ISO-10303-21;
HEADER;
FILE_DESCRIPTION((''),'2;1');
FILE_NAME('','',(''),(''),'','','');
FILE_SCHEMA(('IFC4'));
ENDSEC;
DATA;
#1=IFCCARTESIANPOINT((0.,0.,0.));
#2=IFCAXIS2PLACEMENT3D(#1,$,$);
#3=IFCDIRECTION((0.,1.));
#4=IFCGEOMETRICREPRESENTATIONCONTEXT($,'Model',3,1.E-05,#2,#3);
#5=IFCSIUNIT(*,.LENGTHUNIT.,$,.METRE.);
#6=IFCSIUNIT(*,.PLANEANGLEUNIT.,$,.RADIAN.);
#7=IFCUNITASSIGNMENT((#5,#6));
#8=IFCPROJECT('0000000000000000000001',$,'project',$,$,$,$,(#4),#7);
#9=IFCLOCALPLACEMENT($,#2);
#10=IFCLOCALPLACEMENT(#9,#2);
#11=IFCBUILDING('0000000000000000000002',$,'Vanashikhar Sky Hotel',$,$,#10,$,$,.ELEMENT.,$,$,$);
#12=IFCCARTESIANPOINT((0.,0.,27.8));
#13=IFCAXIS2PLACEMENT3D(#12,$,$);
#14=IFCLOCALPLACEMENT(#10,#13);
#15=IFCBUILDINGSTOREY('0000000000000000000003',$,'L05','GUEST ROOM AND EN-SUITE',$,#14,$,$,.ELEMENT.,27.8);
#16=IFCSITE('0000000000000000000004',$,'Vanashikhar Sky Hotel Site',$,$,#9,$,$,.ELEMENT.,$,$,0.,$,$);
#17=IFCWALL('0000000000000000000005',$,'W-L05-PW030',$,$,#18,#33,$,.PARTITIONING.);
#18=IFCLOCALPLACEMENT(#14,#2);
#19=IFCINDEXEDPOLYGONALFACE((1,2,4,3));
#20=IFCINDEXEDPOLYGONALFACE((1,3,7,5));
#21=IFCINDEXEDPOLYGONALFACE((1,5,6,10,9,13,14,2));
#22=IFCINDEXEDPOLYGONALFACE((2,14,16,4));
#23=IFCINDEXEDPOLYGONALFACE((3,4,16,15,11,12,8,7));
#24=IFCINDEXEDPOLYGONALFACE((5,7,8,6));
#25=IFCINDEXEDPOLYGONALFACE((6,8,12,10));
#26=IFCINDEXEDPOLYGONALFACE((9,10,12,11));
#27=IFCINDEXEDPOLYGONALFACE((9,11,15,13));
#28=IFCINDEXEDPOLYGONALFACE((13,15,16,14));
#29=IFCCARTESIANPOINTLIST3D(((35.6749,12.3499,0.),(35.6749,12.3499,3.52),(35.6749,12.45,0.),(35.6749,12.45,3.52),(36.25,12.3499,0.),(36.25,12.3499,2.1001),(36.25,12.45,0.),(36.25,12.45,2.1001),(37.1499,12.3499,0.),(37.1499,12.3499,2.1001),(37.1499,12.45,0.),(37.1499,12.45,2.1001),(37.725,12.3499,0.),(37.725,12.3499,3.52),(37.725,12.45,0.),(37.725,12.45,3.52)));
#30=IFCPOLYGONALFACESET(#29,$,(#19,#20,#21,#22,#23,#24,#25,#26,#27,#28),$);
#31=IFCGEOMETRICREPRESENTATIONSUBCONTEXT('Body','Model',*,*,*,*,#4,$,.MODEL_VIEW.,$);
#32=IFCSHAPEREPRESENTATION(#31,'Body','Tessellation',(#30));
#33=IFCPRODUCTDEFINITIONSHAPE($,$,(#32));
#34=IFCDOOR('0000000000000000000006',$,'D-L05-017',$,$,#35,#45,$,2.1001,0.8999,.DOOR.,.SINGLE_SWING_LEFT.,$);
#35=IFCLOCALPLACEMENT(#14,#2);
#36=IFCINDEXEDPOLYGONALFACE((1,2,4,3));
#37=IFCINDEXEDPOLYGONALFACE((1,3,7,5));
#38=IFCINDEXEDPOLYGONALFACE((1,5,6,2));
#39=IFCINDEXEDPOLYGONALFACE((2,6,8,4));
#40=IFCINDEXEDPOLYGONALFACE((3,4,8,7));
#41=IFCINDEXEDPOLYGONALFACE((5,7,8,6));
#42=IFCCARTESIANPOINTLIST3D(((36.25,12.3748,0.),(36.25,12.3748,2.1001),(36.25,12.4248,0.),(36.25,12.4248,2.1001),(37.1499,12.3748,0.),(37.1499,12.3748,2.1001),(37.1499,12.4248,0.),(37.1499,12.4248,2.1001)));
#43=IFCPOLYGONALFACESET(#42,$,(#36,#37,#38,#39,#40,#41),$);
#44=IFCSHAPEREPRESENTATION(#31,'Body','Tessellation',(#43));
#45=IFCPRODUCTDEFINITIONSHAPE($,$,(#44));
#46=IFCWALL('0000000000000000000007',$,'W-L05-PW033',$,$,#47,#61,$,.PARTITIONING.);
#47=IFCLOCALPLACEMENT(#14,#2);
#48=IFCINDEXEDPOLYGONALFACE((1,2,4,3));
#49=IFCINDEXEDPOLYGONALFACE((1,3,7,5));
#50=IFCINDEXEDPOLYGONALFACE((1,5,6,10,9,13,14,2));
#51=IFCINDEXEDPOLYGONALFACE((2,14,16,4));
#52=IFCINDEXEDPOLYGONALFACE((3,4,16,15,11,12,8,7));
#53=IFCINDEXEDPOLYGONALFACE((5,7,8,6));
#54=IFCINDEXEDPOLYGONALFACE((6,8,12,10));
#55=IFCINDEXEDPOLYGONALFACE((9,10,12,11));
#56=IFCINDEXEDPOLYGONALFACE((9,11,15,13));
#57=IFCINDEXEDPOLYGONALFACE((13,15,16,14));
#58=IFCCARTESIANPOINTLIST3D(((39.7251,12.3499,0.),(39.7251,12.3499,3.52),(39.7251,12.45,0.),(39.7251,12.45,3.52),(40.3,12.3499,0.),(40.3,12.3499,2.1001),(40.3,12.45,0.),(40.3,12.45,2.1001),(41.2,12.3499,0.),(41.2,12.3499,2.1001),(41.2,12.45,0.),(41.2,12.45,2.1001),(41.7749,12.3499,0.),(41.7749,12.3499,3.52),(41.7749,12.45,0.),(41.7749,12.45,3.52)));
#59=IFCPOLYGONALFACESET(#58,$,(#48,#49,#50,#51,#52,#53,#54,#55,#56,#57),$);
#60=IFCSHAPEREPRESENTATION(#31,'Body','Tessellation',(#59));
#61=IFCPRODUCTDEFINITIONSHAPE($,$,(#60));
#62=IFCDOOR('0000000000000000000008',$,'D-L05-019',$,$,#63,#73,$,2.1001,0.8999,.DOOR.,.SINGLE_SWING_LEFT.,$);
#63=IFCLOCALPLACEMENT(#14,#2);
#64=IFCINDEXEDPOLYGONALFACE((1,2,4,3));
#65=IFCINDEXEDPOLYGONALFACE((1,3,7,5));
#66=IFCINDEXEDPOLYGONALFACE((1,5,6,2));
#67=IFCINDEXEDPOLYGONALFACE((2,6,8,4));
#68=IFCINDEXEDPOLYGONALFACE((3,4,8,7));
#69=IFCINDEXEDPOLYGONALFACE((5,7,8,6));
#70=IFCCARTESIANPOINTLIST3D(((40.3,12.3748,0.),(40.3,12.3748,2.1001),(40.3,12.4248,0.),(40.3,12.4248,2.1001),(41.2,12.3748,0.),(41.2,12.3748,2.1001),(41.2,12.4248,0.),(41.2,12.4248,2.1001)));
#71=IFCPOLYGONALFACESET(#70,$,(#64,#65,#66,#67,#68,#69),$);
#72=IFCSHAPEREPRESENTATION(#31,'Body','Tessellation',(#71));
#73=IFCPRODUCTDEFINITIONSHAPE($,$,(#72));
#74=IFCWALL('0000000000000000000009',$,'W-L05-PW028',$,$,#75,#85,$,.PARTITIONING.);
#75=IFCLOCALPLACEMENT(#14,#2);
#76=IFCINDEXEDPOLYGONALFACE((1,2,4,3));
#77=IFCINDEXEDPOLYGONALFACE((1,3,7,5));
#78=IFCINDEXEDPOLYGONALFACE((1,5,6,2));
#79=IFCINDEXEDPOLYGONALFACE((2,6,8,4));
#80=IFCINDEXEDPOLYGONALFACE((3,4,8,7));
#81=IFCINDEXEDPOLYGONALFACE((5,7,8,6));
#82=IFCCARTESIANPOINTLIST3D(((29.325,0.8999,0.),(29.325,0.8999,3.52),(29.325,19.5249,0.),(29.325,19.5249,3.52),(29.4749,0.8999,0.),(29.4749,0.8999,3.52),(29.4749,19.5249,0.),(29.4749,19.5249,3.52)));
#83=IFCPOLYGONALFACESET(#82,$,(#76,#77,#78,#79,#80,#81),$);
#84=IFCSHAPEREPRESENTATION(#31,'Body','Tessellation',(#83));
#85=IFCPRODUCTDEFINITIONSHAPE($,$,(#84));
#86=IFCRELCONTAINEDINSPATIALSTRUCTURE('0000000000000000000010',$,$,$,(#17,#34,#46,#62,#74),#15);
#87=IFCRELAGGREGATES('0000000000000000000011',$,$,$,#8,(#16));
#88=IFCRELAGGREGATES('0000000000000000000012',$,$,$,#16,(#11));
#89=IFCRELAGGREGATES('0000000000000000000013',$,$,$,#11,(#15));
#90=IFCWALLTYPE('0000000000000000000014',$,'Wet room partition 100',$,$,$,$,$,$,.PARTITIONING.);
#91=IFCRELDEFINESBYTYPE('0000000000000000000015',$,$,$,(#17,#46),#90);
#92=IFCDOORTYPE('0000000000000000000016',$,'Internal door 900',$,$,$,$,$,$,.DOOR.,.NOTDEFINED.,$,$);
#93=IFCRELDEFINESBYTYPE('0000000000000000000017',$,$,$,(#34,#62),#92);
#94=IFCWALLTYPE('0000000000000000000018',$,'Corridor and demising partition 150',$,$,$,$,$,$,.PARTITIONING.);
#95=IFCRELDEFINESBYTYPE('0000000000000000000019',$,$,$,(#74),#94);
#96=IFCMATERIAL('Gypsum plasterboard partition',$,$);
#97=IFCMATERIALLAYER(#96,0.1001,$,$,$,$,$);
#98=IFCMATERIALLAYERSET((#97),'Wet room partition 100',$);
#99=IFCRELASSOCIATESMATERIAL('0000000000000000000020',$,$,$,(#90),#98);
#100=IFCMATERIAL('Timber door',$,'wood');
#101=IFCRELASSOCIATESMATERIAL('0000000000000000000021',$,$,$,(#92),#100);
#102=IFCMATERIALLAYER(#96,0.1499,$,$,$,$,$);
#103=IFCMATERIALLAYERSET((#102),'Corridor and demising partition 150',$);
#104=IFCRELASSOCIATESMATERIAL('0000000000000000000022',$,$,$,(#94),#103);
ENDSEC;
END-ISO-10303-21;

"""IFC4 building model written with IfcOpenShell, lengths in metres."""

from ifc_helpers import new_model, si_unit, direction, frame, frame_2d, origin, place, context, subcontext, project, spatial, rectangle, extrude, source, transform, mapped, material, layer, layer_set, type_object, element, fill, save


model = new_model("IFC4")

# Units and contexts
model_context = context("Model", 3, precision=1e-05, world=origin(), true_north=direction((0.0, 1.0)))
body_context = subcontext(model_context, "Body", "Model", "MODEL_VIEW")
ifc_project = project(units=[si_unit("LENGTHUNIT", "METRE"), si_unit("PLANEANGLEUNIT", "RADIAN")], contexts=[model_context])

# Site, building, storey
site_placement = place(None, origin())
site = spatial("IfcSite", under=ifc_project, at=site_placement, Name="Vanashikhar Sky Hotel Site", CompositionType="ELEMENT", RefElevation=0.0)
building_placement = place(site_placement, origin())
building = spatial("IfcBuilding", under=site, at=building_placement, Name="Vanashikhar Sky Hotel", CompositionType="ELEMENT")
storey_placement = place(building_placement, frame((0.0, 0.0, 27.8)))
storey = spatial("IfcBuildingStorey", under=building, at=storey_placement, Name="L05", Description="GUEST ROOM AND EN-SUITE", CompositionType="ELEMENT", Elevation=27.8)

# Shared definitions
ifc_material_1 = material(Name="Gypsum plasterboard partition")
ifc_layer_1 = layer(ifc_material_1, 0.1001)
ifc_layer_set_1 = layer_set([ifc_layer_1], Name="Wet room partition 100")
wall_type_1 = type_object("IfcWallType", Name="Wet room partition 100", PredefinedType="PARTITIONING", material=ifc_layer_set_1)

# Walls, openings, doors
shared_shape_1 = source(origin(), body_context, "Body", "SweptSolid", [
    extrude(rectangle(XDim=2.05, YDim=0.1001, at=frame_2d((1.0249, 0.0))), origin(), (0.0, 0.0, 1.0), 3.52),
])
shared_shape_2 = source(origin(), body_context, "Body", "SweptSolid", [
    extrude(rectangle(XDim=0.8999, YDim=2.1001, at=frame_2d((0.45, 1.05))), frame((0.0, 0.0601, 0.0), z_axis=(0.0, -1.0, 0.0), x_axis=(1.0, 0.0, 0.0)), (0.0, 0.0, 1.0), 0.1201),
])
ifc_material_2 = material(Name="Timber door", Category="wood")
door_type_1 = type_object("IfcDoorType", Name="Internal door 900", OperationType="NOTDEFINED", PredefinedType="DOOR", material=ifc_material_2)
shared_shape_3 = source(origin(), body_context, "Body", "SweptSolid", [
    extrude(rectangle(XDim=0.8999, YDim=2.1001, at=frame_2d((0.45, 1.05))), frame((0.0, 0.0249, 0.0), z_axis=(0.0, -1.0, 0.0), x_axis=(1.0, 0.0, 0.0)), (0.0, 0.0, 1.0), 0.05),
])
wall_1_placement = place(storey_placement, frame((35.675, 12.3999, 0.0), z_axis=(0.0, 0.0, 1.0), x_axis=(1.0, 0.0, 0.0)))
wall_1 = element("IfcWall", 1, at=wall_1_placement, inside=storey, type_object=wall_type_1, Name="W-L05-PW030", PredefinedType="PARTITIONING", context=body_context, shape_type="MappedRepresentation", body=[
    mapped(shared_shape_1, transform((0.0, 0.0, 0.0), scale=1.0)),
])
opening_1_placement = place(wall_1_placement, frame((0.575, 0.0, 0.0)))
opening_1 = element("IfcOpeningElement", 2, at=opening_1_placement, cuts=wall_1, PredefinedType="OPENING", context=body_context, shape_type="MappedRepresentation", body=[
    mapped(shared_shape_2, transform((0.0, 0.0, 0.0), scale=1.0)),
])
door_1_placement = place(opening_1_placement, origin())
door_1 = element("IfcDoor", 3, at=door_1_placement, inside=storey, type_object=door_type_1, Name="D-L05-017", OperationType="SINGLE_SWING_LEFT", OverallHeight=2.1001, OverallWidth=0.8999, PredefinedType="DOOR", context=body_context, shape_type="MappedRepresentation", body=[
    mapped(shared_shape_3, transform((0.0, 0.0, 0.0), scale=1.0)),
])
fill(opening_1, door_1)
shared_shape_4 = source(origin(), body_context, "Body", "SweptSolid", [
    extrude(rectangle(XDim=2.0498, YDim=0.1001, at=frame_2d((1.0249, 0.0))), origin(), (0.0, 0.0, 1.0), 3.52),
])
wall_2_placement = place(storey_placement, frame((39.7251, 12.3999, 0.0), z_axis=(0.0, 0.0, 1.0), x_axis=(1.0, 0.0, 0.0)))
wall_2 = element("IfcWall", 4, at=wall_2_placement, inside=storey, type_object=wall_type_1, Name="W-L05-PW033", PredefinedType="PARTITIONING", context=body_context, shape_type="MappedRepresentation", body=[
    mapped(shared_shape_4, transform((0.0, 0.0, 0.0), scale=1.0)),
])
opening_2_placement = place(wall_2_placement, frame((0.575, 0.0, 0.0)))
opening_2 = element("IfcOpeningElement", 5, at=opening_2_placement, cuts=wall_2, PredefinedType="OPENING", context=body_context, shape_type="MappedRepresentation", body=[
    mapped(shared_shape_2, transform((0.0, 0.0, 0.0), scale=1.0)),
])
door_2_placement = place(opening_2_placement, origin())
door_2 = element("IfcDoor", 6, at=door_2_placement, inside=storey, type_object=door_type_1, Name="D-L05-019", OperationType="SINGLE_SWING_LEFT", OverallHeight=2.1001, OverallWidth=0.8999, PredefinedType="DOOR", context=body_context, shape_type="MappedRepresentation", body=[
    mapped(shared_shape_3, transform((0.0, 0.0, 0.0), scale=1.0)),
])
fill(opening_2, door_2)

# Wall
ifc_layer_2 = layer(ifc_material_1, 0.1499)
ifc_layer_set_2 = layer_set([ifc_layer_2], Name="Corridor and demising partition 150")
wall_type_2 = type_object("IfcWallType", Name="Corridor and demising partition 150", PredefinedType="PARTITIONING", material=ifc_layer_set_2)
shared_shape_5 = source(origin(), body_context, "Body", "SweptSolid", [
    extrude(rectangle(XDim=18.625, YDim=0.1499, at=frame_2d((9.3125, 0.0))), origin(), (0.0, 0.0, 1.0), 3.52),
])
wall_3_placement = place(storey_placement, frame((29.3999, 0.8999, 0.0), z_axis=(0.0, 0.0, 1.0), x_axis=(0.0, 1.0, 0.0)))
element("IfcWall", 7, at=wall_3_placement, inside=storey, type_object=wall_type_2, Name="W-L05-PW028", PredefinedType="PARTITIONING", context=body_context, shape_type="MappedRepresentation", body=[
    mapped(shared_shape_5, transform((0.0, 0.0, 0.0), scale=1.0)),
])

save(model, "model.ifc")
